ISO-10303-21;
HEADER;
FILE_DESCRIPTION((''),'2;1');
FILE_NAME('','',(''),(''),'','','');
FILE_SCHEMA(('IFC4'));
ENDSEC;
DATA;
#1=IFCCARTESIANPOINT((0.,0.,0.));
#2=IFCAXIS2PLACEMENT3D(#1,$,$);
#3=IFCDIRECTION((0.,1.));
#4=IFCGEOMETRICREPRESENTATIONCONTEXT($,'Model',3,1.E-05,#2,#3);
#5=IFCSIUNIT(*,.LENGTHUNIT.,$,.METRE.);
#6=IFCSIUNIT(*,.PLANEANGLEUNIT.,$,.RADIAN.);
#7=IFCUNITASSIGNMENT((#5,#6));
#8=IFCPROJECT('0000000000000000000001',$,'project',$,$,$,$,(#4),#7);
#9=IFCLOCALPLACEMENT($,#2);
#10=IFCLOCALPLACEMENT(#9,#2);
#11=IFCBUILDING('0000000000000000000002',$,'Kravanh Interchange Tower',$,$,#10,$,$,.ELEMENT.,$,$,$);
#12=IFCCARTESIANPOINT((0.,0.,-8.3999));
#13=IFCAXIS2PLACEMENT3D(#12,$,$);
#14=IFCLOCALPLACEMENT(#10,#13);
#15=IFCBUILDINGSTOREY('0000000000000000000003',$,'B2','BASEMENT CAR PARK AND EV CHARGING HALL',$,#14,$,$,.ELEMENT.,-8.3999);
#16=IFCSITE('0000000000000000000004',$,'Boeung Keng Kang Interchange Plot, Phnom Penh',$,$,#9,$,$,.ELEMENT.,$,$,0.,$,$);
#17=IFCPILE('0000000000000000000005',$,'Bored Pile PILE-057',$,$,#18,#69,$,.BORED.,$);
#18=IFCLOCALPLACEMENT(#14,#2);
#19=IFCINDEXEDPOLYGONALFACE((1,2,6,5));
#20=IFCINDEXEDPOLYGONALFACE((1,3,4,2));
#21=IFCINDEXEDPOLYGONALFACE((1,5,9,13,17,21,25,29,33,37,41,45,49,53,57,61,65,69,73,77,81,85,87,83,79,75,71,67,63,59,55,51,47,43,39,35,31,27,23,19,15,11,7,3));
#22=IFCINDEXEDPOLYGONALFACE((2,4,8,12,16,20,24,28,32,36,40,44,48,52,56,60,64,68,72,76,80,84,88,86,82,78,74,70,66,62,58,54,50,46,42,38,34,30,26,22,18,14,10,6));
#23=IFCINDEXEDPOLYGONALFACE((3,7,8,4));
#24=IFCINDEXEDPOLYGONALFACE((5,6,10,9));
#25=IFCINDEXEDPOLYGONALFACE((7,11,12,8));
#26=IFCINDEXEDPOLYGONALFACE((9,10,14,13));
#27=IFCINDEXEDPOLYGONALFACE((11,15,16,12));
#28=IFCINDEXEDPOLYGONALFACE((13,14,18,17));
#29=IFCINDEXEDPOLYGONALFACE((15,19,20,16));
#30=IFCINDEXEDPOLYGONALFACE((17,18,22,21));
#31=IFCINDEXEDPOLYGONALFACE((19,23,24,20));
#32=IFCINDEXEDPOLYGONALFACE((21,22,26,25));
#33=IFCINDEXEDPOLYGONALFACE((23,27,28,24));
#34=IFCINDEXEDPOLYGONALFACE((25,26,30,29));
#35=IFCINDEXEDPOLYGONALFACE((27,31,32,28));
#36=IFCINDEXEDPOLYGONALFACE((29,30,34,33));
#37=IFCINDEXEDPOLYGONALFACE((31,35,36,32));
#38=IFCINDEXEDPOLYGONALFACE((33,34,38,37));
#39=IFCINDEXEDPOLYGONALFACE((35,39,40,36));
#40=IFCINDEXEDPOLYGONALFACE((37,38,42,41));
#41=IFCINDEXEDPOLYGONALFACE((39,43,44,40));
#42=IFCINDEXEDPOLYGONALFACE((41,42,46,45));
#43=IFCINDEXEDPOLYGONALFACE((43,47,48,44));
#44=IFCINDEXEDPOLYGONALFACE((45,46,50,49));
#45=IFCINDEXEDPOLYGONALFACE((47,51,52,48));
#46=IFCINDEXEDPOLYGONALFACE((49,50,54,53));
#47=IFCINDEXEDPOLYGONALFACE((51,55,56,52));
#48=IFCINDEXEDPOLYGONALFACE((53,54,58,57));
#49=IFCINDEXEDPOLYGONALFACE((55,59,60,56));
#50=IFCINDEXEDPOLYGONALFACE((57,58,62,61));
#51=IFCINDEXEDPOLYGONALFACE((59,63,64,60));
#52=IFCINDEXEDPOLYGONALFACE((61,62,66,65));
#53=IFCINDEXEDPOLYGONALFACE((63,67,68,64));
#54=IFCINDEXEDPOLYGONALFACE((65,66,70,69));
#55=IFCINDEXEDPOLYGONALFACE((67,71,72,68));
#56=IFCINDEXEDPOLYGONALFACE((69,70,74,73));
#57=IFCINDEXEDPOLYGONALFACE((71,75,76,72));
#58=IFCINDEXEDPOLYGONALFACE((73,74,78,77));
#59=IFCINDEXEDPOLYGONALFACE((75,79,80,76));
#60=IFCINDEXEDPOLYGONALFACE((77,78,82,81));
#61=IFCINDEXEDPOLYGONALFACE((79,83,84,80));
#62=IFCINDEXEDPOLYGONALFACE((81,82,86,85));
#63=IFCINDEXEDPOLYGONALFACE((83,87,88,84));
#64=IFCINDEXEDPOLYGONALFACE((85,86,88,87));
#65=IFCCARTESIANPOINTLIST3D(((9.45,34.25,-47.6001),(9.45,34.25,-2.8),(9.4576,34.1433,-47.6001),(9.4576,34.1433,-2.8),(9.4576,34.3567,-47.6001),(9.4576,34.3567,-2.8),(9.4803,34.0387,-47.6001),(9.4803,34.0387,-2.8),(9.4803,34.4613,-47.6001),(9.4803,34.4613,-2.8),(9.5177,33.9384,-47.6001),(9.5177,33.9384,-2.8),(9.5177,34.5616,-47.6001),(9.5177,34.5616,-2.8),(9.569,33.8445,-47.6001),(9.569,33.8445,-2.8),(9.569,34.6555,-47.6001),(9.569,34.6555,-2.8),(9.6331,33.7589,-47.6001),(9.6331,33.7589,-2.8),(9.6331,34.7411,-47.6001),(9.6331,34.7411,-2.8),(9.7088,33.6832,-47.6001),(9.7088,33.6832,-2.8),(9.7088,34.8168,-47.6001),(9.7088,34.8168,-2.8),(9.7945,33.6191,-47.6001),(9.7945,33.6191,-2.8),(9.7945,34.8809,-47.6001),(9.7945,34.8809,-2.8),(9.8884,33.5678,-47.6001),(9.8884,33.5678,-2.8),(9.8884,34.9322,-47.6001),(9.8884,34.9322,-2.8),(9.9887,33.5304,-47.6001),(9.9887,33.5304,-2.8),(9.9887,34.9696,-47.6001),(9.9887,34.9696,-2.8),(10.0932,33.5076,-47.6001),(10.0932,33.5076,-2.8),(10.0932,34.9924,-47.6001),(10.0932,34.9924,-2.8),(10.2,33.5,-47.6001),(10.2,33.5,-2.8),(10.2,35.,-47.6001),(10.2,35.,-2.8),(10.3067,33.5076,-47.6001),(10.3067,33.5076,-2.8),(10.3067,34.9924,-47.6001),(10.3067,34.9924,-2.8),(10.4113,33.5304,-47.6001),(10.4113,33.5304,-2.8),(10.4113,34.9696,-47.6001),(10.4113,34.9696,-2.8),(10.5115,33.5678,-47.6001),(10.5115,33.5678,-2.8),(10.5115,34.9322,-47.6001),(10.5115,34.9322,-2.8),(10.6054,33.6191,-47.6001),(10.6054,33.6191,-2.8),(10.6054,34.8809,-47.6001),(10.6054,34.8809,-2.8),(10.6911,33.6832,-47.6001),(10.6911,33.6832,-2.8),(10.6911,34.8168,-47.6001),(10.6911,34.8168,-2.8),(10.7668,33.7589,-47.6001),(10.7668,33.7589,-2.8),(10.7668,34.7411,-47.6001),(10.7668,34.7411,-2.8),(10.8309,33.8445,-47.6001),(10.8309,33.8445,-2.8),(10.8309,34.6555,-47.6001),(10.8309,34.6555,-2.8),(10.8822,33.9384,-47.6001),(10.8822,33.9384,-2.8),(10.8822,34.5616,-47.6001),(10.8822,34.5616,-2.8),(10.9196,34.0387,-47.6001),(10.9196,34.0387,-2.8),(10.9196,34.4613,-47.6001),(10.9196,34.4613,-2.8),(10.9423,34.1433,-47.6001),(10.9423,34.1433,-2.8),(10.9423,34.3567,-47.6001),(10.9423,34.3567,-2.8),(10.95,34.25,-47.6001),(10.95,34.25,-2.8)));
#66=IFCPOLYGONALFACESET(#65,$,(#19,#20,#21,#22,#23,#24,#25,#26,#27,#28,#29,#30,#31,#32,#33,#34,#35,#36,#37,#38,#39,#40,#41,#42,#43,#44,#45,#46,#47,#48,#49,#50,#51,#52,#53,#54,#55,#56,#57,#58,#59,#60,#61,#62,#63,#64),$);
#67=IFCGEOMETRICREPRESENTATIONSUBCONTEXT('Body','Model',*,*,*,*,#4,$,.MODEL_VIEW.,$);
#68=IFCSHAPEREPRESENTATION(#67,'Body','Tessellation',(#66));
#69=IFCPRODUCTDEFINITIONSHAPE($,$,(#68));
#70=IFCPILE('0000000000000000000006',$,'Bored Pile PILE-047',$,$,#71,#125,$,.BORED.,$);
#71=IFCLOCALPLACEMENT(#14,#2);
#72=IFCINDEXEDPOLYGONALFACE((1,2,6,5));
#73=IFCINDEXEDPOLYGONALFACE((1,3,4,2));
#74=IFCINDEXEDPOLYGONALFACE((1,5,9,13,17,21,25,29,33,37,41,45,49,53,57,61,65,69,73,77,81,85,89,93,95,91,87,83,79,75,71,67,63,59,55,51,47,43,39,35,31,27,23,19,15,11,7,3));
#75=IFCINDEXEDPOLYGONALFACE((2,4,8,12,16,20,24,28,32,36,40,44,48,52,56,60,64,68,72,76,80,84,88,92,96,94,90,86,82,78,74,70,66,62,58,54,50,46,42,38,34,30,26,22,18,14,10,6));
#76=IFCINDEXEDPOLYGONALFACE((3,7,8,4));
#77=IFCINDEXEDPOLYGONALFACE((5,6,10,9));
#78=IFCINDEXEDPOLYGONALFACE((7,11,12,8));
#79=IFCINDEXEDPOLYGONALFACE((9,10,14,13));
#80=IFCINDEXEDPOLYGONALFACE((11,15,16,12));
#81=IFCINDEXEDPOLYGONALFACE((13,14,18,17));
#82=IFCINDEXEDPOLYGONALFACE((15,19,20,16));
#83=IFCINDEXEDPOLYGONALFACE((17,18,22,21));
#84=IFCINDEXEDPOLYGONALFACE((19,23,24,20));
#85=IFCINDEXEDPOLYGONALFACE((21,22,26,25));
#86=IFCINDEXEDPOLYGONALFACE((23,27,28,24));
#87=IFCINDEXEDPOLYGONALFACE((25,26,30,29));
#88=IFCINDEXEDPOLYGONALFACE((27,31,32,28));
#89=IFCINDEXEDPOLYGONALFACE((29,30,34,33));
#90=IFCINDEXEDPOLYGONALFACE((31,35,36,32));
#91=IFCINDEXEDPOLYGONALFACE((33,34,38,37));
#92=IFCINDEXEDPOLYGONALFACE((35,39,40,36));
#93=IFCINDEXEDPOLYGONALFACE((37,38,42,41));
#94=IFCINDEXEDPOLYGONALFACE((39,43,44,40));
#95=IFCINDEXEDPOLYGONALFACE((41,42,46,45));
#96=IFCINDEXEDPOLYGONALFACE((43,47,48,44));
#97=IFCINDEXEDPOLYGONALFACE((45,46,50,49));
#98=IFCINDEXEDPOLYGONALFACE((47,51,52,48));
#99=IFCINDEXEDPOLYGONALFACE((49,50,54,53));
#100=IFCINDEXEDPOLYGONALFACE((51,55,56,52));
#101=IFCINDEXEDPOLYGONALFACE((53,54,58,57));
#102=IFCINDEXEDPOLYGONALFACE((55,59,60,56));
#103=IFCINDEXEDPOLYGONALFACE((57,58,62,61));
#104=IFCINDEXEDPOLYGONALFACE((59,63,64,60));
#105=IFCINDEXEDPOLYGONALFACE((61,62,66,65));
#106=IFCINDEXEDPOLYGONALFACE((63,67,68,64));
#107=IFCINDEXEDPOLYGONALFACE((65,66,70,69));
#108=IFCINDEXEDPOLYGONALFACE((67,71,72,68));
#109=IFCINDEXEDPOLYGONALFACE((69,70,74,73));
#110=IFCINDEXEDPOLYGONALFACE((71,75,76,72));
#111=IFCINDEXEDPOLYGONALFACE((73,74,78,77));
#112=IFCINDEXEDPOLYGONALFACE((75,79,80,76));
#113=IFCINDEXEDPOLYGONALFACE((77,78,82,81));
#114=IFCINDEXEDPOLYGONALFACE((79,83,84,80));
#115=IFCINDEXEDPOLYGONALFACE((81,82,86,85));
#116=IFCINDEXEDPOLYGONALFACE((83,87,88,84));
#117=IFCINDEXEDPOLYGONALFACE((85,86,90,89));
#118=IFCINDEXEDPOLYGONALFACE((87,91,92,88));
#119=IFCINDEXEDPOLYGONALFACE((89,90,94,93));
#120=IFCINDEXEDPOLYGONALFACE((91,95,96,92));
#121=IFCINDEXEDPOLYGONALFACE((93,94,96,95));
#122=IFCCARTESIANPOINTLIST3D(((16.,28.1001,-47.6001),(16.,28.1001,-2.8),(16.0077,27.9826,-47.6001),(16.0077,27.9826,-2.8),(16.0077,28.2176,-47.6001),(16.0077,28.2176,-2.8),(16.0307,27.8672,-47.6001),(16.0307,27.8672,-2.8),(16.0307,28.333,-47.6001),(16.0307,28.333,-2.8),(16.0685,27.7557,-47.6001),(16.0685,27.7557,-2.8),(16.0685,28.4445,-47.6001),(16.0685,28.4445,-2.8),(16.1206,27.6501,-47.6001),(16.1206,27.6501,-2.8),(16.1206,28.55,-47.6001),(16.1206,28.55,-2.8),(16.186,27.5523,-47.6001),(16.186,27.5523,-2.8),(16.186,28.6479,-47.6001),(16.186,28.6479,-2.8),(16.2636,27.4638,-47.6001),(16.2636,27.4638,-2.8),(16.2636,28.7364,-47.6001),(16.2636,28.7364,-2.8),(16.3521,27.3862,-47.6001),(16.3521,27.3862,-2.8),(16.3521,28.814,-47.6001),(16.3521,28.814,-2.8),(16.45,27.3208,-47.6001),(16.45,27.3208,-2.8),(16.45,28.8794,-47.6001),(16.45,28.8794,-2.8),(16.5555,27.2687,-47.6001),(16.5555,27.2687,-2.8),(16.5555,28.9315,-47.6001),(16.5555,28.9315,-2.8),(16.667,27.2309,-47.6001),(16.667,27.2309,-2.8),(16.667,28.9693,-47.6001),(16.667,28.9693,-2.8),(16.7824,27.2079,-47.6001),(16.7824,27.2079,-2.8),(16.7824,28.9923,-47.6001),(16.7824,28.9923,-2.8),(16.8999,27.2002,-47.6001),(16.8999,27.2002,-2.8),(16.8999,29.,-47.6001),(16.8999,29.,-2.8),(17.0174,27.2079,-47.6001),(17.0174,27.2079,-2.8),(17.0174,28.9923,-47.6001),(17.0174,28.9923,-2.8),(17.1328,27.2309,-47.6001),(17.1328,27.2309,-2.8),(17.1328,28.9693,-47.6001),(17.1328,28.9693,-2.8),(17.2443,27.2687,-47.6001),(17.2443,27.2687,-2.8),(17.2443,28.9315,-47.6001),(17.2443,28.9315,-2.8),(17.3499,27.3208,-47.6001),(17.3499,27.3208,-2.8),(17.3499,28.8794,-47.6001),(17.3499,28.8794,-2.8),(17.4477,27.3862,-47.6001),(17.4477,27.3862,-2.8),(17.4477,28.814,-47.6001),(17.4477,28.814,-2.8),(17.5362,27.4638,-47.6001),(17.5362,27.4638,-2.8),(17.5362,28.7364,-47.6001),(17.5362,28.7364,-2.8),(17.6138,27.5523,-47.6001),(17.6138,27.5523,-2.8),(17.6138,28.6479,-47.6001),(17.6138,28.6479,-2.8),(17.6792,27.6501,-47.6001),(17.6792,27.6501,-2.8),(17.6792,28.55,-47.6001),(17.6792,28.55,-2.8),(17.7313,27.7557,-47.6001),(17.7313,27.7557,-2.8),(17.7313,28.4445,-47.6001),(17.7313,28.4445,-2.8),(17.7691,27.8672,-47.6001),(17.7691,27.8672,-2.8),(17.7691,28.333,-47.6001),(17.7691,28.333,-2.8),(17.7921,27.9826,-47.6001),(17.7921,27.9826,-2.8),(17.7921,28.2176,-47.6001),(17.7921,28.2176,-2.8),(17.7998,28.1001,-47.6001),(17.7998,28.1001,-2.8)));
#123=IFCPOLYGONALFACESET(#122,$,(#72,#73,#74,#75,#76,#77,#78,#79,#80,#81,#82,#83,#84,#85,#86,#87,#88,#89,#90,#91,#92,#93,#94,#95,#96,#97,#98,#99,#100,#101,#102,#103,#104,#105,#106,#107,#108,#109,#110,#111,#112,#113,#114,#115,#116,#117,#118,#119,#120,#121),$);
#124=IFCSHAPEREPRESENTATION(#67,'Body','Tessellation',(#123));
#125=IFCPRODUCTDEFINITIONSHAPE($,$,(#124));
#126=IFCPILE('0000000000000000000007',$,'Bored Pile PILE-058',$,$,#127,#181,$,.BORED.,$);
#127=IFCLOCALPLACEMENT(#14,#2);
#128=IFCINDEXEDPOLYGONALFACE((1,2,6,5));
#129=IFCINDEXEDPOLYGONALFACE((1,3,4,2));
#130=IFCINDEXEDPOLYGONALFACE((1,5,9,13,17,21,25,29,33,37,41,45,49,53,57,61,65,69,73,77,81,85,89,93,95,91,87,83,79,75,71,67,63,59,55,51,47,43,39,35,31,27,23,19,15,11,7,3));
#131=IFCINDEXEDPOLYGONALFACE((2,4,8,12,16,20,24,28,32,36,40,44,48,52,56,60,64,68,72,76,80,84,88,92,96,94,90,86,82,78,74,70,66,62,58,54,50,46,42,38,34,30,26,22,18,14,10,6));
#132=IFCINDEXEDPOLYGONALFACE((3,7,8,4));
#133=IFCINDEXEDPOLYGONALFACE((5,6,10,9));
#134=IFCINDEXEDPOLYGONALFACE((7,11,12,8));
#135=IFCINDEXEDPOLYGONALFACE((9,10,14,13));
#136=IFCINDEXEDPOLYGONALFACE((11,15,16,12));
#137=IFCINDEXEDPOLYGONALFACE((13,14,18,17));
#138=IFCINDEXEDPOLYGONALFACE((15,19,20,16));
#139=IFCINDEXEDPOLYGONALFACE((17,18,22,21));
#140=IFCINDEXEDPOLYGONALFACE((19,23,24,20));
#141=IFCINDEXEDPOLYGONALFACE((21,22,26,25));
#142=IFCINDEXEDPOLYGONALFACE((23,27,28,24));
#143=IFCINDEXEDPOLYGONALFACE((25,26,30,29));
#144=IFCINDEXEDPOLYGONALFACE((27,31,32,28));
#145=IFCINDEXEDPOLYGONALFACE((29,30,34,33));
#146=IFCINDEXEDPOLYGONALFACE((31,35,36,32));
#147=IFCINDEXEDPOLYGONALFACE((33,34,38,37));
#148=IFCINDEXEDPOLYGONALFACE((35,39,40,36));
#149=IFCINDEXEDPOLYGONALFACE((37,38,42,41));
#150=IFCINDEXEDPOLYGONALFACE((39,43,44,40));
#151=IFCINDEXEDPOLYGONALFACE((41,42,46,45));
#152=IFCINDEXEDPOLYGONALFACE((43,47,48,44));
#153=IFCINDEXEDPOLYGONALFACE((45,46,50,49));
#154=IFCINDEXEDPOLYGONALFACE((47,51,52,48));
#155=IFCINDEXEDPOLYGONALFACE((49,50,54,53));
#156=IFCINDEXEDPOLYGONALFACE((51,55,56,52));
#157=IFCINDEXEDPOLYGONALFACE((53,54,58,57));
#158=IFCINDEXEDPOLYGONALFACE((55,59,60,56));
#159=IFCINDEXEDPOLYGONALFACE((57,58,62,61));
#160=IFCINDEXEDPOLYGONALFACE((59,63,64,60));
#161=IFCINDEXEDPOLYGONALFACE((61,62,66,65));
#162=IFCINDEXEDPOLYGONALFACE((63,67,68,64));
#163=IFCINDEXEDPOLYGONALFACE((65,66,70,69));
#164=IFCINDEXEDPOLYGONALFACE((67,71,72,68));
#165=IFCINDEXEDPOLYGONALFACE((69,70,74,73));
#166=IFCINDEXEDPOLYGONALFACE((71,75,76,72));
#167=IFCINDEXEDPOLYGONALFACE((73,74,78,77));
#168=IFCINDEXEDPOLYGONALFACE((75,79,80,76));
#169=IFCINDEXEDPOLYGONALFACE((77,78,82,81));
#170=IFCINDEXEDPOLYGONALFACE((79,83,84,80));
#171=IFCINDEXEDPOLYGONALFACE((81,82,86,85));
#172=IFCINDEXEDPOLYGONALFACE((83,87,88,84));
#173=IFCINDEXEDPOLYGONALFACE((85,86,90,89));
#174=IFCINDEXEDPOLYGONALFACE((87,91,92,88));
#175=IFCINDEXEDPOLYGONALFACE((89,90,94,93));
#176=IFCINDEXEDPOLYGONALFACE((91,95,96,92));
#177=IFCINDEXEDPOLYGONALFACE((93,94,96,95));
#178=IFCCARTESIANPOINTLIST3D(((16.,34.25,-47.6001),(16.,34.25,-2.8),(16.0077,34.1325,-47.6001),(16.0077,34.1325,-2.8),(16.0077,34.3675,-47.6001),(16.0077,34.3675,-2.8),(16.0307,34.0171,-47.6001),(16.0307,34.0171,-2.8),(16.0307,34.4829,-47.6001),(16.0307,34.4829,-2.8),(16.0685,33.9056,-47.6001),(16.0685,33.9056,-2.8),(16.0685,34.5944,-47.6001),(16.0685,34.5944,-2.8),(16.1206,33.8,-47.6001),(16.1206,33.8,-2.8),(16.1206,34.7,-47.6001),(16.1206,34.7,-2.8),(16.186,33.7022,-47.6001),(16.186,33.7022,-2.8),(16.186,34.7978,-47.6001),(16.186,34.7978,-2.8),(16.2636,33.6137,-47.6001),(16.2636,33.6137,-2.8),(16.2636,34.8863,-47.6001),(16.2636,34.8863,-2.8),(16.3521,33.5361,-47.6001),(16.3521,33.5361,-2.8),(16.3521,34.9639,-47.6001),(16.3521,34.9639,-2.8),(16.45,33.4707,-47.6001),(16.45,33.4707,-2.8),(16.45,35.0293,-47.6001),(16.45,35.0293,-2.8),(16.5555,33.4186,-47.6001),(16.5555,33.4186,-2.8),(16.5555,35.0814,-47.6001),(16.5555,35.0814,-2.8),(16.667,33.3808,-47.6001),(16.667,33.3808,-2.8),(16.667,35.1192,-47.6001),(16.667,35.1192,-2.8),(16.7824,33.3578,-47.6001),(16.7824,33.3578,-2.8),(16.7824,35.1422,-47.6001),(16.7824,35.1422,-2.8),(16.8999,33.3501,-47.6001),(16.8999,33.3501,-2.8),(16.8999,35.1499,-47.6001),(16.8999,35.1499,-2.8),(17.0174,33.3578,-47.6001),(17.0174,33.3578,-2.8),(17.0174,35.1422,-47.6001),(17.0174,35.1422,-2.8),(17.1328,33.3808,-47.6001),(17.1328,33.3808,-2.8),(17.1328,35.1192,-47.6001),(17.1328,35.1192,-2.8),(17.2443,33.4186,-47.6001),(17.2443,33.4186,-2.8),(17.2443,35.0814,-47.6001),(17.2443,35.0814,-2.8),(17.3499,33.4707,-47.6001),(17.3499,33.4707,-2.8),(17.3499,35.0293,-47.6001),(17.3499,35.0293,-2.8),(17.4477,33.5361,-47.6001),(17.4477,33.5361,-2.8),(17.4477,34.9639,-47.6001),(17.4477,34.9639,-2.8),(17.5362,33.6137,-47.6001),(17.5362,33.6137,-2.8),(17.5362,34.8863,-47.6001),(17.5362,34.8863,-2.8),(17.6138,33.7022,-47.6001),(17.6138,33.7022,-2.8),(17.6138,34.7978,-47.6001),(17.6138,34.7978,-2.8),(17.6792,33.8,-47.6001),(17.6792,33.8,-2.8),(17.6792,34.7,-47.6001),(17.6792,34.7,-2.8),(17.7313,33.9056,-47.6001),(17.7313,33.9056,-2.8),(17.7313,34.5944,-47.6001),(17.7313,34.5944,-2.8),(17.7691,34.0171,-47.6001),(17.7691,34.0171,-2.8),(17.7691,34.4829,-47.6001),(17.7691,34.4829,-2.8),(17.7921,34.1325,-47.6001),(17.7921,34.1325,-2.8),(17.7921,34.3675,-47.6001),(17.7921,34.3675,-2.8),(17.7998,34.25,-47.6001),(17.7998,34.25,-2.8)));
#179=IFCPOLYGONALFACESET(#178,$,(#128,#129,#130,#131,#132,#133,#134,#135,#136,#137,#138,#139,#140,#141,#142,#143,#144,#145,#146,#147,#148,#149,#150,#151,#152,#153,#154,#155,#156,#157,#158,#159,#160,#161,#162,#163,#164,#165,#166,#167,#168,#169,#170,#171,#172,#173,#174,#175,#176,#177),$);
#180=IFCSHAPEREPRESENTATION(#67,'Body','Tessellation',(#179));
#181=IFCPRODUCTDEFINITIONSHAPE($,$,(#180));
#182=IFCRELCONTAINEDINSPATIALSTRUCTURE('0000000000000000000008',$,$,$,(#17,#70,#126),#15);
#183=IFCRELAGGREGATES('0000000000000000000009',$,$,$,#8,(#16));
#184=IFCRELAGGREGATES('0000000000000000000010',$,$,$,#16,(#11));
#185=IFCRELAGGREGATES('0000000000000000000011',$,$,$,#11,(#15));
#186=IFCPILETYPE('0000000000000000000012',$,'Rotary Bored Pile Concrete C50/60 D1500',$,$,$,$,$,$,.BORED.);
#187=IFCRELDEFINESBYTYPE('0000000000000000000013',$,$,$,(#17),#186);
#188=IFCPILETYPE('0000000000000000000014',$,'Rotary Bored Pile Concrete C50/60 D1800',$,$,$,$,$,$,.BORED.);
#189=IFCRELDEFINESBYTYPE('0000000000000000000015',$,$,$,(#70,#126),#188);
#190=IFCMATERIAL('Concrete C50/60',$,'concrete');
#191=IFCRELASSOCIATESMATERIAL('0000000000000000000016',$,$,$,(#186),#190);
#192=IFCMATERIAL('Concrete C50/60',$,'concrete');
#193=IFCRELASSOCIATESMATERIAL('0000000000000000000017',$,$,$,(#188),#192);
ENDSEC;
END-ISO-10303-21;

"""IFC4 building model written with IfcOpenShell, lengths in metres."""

from ifc_helpers import new_model, si_unit, direction, frame, origin, origin_2d, place, context, subcontext, project, spatial, circle, extrude, material, material_profile, profile_set, type_object, element, save


model = new_model("IFC4")

# Units and contexts
model_context = context("Model", 3, precision=1e-05, world=origin(), true_north=direction((0.0, 1.0)))
body_context = subcontext(model_context, "Body", "Model", "MODEL_VIEW")
ifc_project = project(units=[si_unit("LENGTHUNIT", "METRE"), si_unit("PLANEANGLEUNIT", "RADIAN")], contexts=[model_context])

# Site, building, storey
site_placement = place(None, origin())
site = spatial("IfcSite", under=ifc_project, at=site_placement, Name="Boeung Keng Kang Interchange Plot, Phnom Penh", CompositionType="ELEMENT", RefElevation=0.0)
building_placement = place(site_placement, origin())
building = spatial("IfcBuilding", under=site, at=building_placement, Name="Kravanh Interchange Tower", CompositionType="ELEMENT")
storey_placement = place(building_placement, frame((0.0, 0.0, -8.3999)))
storey = spatial("IfcBuildingStorey", under=building, at=storey_placement, Name="B2", Description="BASEMENT CAR PARK AND EV CHARGING HALL", CompositionType="ELEMENT", Elevation=-8.3999)

# Piles
ifc_material_1 = material(Name="Concrete C50/60", Category="concrete")
ifc_material_profile_1 = material_profile(ifc_material_1, circle(Radius=0.75, at=origin_2d()), Name="PILE-D1500")
ifc_profile_set_1 = profile_set([ifc_material_profile_1], Name="Concrete C50/60")
pile_type_1 = type_object("IfcPileType", Name="Rotary Bored Pile Concrete C50/60 D1500", PredefinedType="BORED", material=ifc_profile_set_1)
for number, where, z_axis, x_axis, name in (
    (1, (10.2, 34.25, -2.8), (0.0, 0.0, -1.0), (1.0, 0.0, 0.0), "Bored Pile PILE-057"),
):
    element("IfcPile", number, at=place(storey_placement, frame(where, z_axis=z_axis, x_axis=x_axis)), inside=storey, type_object=pile_type_1, Name=name, PredefinedType="BORED", context=body_context, shape_type="SweptSolid", body=[
        extrude(circle(Radius=0.75, at=origin_2d()), origin(), (0.0, 0.0, 1.0), 44.8),
    ])
ifc_material_2 = material(Name="Concrete C50/60", Category="concrete")
ifc_material_profile_2 = material_profile(ifc_material_2, circle(Radius=0.8999, at=origin_2d()), Name="PILE-D1800")
ifc_profile_set_2 = profile_set([ifc_material_profile_2], Name="Concrete C50/60")
pile_type_2 = type_object("IfcPileType", Name="Rotary Bored Pile Concrete C50/60 D1800", PredefinedType="BORED", material=ifc_profile_set_2)
for number, where, z_axis, x_axis, name in (
    (2, (16.8999, 28.1001, -2.8), (0.0, 0.0, -1.0), (1.0, 0.0, 0.0), "Bored Pile PILE-047"),
    (3, (16.8999, 34.25, -2.8), (0.0, 0.0, -1.0), (1.0, 0.0, 0.0), "Bored Pile PILE-058"),
):
    element("IfcPile", number, at=place(storey_placement, frame(where, z_axis=z_axis, x_axis=x_axis)), inside=storey, type_object=pile_type_2, Name=name, PredefinedType="BORED", context=body_context, shape_type="SweptSolid", body=[
        extrude(circle(Radius=0.8999, at=origin_2d()), origin(), (0.0, 0.0, 1.0), 44.8),
    ])

save(model, "model.ifc")
